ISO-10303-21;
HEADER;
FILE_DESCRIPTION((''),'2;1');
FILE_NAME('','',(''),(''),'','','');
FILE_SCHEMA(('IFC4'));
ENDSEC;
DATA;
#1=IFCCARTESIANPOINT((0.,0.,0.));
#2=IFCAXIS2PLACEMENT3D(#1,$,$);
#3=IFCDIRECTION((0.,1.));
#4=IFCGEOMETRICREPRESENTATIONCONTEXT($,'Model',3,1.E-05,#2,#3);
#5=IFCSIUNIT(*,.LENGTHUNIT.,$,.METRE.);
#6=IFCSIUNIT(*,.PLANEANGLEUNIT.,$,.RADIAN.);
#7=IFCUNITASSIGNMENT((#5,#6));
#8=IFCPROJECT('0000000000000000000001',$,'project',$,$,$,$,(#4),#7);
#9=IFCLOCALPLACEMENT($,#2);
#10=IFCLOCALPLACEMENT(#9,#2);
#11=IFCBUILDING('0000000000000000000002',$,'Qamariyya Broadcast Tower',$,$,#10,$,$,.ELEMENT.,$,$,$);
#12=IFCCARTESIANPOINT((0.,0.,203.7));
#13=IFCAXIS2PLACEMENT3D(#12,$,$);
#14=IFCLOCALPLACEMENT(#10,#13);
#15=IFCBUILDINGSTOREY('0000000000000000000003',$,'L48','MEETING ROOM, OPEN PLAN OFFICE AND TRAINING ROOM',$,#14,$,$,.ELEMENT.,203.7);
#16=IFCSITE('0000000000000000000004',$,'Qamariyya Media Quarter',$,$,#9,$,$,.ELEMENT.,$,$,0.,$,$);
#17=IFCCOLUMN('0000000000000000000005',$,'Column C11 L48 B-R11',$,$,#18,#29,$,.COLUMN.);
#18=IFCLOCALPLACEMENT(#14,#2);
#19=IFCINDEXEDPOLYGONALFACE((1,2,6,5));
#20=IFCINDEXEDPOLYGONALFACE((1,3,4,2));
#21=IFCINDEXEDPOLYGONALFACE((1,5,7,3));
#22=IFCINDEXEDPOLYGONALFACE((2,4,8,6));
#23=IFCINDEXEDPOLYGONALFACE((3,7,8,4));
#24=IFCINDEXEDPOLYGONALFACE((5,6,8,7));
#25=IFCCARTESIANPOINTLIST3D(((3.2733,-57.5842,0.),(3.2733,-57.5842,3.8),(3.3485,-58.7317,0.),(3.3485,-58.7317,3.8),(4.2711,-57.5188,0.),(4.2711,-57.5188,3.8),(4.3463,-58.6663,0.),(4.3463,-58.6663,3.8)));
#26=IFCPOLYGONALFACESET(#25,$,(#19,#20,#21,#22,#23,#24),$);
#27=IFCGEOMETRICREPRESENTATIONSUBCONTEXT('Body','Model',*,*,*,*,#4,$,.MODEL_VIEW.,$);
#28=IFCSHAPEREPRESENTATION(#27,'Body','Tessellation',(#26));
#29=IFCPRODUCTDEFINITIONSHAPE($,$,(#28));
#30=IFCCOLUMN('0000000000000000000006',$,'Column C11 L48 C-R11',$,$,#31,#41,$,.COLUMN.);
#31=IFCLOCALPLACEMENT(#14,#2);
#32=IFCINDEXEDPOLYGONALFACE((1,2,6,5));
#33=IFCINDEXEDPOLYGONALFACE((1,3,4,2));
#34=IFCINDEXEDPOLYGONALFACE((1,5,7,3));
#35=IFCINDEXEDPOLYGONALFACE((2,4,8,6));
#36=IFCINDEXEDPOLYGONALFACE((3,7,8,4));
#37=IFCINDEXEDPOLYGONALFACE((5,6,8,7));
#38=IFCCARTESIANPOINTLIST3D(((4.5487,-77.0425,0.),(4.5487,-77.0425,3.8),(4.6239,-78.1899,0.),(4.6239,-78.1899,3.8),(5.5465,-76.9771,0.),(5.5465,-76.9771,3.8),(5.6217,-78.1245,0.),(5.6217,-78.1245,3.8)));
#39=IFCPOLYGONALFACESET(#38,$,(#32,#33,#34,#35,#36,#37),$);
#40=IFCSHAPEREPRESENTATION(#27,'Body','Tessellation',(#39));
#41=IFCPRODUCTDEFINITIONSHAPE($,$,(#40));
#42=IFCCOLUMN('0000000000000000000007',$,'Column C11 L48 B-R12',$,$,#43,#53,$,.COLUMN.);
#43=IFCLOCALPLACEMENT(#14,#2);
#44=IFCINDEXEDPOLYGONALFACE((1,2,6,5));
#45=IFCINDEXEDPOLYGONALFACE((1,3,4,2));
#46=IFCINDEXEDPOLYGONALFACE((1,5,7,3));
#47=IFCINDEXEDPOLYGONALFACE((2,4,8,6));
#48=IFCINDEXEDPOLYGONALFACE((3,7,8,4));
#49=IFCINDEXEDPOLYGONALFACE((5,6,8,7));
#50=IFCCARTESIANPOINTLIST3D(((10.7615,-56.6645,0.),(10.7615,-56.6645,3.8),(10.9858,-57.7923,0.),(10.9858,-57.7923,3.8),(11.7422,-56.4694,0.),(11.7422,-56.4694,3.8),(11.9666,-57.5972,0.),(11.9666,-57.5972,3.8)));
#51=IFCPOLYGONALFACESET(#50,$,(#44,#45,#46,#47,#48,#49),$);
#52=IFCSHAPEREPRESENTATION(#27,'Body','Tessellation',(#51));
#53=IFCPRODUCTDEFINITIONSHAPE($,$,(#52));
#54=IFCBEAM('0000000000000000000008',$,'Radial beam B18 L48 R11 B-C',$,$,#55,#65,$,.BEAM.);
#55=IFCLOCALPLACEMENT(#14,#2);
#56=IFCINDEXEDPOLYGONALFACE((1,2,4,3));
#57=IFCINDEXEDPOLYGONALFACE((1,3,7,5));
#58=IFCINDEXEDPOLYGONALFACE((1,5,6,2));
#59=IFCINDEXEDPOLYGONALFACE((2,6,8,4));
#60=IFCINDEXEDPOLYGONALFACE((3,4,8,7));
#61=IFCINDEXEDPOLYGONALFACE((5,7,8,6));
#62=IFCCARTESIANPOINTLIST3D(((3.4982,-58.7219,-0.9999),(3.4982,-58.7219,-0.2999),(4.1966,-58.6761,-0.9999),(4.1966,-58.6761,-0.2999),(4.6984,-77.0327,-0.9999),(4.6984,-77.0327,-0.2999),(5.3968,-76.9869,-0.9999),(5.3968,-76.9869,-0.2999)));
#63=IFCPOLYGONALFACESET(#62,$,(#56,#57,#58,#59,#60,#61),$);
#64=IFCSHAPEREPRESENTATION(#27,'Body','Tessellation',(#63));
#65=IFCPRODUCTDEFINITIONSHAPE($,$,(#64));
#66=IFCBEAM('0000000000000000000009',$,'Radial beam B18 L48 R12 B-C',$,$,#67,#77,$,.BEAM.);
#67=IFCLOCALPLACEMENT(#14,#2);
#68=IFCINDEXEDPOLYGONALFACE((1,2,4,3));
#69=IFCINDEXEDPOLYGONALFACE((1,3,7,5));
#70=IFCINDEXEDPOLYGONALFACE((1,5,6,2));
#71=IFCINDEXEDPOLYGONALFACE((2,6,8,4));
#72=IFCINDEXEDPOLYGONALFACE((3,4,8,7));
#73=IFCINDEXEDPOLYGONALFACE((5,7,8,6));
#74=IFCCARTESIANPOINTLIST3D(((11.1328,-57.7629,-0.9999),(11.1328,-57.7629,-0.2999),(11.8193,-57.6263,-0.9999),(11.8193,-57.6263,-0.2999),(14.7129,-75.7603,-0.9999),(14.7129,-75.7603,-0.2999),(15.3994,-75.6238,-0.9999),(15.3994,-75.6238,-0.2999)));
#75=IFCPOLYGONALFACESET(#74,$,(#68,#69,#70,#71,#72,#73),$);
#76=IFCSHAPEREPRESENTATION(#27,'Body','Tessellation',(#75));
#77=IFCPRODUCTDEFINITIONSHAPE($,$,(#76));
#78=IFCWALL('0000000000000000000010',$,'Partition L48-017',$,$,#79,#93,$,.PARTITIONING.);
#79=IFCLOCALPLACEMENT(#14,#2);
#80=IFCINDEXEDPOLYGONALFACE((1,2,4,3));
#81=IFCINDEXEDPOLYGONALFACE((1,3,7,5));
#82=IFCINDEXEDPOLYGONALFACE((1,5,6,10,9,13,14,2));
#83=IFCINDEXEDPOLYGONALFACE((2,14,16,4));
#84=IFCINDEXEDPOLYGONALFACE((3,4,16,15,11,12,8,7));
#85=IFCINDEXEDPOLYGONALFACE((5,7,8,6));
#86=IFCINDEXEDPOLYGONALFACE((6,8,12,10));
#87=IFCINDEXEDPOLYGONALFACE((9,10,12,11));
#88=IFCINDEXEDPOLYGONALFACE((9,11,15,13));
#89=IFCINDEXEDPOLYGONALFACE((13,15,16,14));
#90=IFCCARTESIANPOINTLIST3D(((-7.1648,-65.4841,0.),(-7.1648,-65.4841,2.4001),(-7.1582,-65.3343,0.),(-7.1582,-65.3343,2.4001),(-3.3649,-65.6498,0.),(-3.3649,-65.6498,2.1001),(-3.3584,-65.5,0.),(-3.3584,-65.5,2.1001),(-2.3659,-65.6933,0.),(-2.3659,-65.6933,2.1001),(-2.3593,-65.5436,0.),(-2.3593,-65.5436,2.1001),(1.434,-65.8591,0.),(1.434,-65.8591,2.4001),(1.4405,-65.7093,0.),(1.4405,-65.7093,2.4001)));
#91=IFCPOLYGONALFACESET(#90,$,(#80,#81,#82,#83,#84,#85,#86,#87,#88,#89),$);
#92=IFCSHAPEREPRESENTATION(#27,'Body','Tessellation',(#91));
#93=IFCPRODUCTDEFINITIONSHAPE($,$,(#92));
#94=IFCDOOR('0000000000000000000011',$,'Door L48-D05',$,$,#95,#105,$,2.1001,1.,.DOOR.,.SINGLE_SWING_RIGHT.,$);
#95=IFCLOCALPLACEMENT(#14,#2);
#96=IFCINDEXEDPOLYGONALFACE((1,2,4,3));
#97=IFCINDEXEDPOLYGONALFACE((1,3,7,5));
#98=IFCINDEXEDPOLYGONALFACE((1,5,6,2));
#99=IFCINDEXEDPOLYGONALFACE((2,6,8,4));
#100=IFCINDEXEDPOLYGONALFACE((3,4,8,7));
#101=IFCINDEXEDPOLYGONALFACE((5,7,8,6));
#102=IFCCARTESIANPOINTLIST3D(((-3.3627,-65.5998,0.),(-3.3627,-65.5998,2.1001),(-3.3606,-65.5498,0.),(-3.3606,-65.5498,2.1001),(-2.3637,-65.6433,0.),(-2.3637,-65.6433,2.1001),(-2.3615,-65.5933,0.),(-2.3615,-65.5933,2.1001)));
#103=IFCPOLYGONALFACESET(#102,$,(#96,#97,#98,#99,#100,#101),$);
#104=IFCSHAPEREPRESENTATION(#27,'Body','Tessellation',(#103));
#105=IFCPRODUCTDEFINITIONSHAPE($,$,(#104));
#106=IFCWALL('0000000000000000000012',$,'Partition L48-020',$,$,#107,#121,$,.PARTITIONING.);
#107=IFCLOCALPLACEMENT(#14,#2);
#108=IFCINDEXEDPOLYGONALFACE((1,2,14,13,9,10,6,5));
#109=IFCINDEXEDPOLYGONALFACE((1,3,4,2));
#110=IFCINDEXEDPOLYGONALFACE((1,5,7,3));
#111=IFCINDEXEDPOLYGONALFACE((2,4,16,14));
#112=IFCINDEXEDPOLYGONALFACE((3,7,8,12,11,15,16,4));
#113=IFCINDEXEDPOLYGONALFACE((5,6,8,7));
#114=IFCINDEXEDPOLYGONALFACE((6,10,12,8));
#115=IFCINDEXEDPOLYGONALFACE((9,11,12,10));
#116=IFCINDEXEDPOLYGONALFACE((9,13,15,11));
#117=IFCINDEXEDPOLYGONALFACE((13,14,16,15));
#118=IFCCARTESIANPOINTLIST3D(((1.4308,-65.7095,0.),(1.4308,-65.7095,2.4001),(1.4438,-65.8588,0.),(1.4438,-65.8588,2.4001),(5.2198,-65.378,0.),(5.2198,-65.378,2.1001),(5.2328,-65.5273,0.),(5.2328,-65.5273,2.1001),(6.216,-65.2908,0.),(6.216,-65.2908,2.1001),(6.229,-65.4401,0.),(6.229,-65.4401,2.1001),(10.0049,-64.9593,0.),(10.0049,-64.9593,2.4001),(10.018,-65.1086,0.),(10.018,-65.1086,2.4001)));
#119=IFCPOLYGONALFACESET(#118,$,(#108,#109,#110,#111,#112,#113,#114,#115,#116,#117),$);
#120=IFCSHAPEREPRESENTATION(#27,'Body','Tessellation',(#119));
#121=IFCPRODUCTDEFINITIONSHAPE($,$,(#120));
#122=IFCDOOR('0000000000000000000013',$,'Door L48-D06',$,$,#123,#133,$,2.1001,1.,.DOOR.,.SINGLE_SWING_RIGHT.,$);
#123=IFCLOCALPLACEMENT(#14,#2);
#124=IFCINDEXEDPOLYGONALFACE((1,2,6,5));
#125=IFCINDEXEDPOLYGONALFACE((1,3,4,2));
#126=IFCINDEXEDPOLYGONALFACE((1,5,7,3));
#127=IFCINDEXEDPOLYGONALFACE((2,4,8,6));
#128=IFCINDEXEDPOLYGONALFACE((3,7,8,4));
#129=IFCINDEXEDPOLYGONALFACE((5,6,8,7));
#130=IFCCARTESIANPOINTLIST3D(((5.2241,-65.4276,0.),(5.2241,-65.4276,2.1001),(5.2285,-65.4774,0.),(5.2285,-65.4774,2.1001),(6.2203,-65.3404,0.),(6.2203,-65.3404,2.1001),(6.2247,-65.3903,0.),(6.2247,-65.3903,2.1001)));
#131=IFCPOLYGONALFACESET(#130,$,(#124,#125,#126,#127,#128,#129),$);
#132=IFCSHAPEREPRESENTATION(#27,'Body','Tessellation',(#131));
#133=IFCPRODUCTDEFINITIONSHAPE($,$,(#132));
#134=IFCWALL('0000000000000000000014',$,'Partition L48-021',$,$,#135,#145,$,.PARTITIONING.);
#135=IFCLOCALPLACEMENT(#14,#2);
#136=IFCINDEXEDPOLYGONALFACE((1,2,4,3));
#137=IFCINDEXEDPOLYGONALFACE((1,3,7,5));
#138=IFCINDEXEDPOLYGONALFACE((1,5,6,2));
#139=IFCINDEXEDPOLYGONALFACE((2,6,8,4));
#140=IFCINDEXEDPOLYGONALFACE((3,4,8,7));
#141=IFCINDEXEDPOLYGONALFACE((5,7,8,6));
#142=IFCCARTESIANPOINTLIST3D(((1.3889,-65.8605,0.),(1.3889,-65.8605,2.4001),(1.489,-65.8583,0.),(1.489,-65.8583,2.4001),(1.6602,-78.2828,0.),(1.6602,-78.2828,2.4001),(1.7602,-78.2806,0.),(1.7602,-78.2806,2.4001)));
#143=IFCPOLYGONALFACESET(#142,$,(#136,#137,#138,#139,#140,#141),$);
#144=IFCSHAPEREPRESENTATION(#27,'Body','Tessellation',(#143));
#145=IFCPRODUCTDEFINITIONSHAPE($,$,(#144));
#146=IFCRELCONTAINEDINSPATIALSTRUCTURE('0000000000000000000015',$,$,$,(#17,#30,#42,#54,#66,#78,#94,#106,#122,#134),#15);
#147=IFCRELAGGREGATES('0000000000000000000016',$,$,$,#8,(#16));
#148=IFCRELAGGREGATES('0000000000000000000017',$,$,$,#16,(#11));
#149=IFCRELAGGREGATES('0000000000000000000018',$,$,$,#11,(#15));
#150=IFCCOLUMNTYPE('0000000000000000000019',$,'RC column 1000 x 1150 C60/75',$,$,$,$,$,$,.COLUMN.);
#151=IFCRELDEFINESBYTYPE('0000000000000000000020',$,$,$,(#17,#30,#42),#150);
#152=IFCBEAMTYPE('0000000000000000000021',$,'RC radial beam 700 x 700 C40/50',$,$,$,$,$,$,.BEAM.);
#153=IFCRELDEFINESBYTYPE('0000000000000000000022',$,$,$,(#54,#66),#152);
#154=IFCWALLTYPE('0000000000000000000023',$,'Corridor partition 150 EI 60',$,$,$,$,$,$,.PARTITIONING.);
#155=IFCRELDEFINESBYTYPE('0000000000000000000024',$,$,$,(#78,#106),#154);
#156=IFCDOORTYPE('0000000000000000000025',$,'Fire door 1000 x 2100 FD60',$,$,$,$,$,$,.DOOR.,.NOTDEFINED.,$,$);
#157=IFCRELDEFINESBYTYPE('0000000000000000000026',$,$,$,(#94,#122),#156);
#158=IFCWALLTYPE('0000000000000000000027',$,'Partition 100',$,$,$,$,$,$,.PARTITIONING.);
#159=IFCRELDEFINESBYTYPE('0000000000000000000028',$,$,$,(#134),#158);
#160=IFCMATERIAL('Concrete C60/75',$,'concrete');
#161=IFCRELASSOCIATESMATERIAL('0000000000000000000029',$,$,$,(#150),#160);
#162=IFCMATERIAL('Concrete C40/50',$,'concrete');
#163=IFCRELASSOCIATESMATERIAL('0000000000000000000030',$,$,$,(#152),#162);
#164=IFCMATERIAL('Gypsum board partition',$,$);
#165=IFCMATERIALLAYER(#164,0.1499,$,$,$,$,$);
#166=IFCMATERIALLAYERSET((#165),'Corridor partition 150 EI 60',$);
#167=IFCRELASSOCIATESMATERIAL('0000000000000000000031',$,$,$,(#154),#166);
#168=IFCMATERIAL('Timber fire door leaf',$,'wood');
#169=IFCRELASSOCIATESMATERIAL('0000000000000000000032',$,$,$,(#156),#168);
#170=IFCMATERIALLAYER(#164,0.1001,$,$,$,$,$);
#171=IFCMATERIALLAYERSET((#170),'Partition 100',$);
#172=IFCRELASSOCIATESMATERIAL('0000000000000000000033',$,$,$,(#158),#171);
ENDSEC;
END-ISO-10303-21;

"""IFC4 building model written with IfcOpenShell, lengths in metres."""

from ifc_helpers import new_model, si_unit, direction, frame, frame_2d, origin, origin_2d, place, context, subcontext, project, spatial, rectangle, extrude, material, layer, layer_set, material_profile, profile_set, type_object, element, fill, save


model = new_model("IFC4")

# Units and contexts
model_context = context("Model", 3, precision=1e-05, world=origin(), true_north=direction((0.0, 1.0)))
body_context = subcontext(model_context, "Body", "Model", "MODEL_VIEW")
ifc_project = project(units=[si_unit("LENGTHUNIT", "METRE"), si_unit("PLANEANGLEUNIT", "RADIAN")], contexts=[model_context])

# Site, building, storey
site_placement = place(None, origin())
site = spatial("IfcSite", under=ifc_project, at=site_placement, Name="Qamariyya Media Quarter", CompositionType="ELEMENT", RefElevation=0.0)
building_placement = place(site_placement, origin())
building = spatial("IfcBuilding", under=site, at=building_placement, Name="Qamariyya Broadcast Tower", CompositionType="ELEMENT")
storey_placement = place(building_placement, frame((0.0, 0.0, 203.7)))
storey = spatial("IfcBuildingStorey", under=building, at=storey_placement, Name="L48", Description="MEETING ROOM, OPEN PLAN OFFICE AND TRAINING ROOM", CompositionType="ELEMENT", Elevation=203.7)

# Columns
ifc_material_1 = material(Name="Concrete C60/75", Category="concrete")
ifc_material_profile_1 = material_profile(ifc_material_1, rectangle(XDim=1.0, YDim=1.1499, at=origin_2d()))
ifc_profile_set_1 = profile_set([ifc_material_profile_1], Name="Concrete C60/75")
column_type = type_object("IfcColumnType", Name="RC column 1000 x 1150 C60/75", PredefinedType="COLUMN", material=ifc_profile_set_1)
for number, where, z_axis, x_axis, name in (
    (1, (3.8098, -58.1252, 0.0), (0.0, 0.0, 1.0), (0.997859, 0.065403, 0.0), "Column C11 L48 B-R11"),
    (2, (5.0852, -77.5835, 0.0), (0.0, 0.0, 1.0), (0.997859, 0.065403, 0.0), "Column C11 L48 C-R11"),
    (3, (11.364, -57.1309, 0.0), (0.0, 0.0, 1.0), (0.980785, 0.19509, 0.0), "Column C11 L48 B-R12"),
):
    element("IfcColumn", number, at=place(storey_placement, frame(where, z_axis=z_axis, x_axis=x_axis)), inside=storey, type_object=column_type, Name=name, PredefinedType="COLUMN", context=body_context, shape_type="SweptSolid", body=[
        extrude(rectangle(XDim=1.0, YDim=1.1499, at=origin_2d()), origin(), (0.0, 0.0, 1.0), 3.8),
    ])

# Beams
ifc_material_2 = material(Name="Concrete C40/50", Category="concrete")
ifc_material_profile_2 = material_profile(ifc_material_2, rectangle(XDim=0.7, YDim=0.7, at=origin_2d()))
ifc_profile_set_2 = profile_set([ifc_material_profile_2], Name="Concrete C40/50")
beam_type = type_object("IfcBeamType", Name="RC radial beam 700 x 700 C40/50", PredefinedType="BEAM", material=ifc_profile_set_2)
for number, where, z_axis, x_axis, name in (
    (4, (3.8474, -58.699, -0.6499), (0.065405, -0.997859, 0.0), (0.997859, 0.065405, 0.0), "Radial beam B18 L48 R11 B-C"),
    (5, (11.4761, -57.6946, -0.6499), (0.195098, -0.980784, 0.0), (0.980784, 0.195098, 0.0), "Radial beam B18 L48 R12 B-C"),
):
    element("IfcBeam", number, at=place(storey_placement, frame(where, z_axis=z_axis, x_axis=x_axis)), inside=storey, type_object=beam_type, Name=name, PredefinedType="BEAM", context=body_context, shape_type="SweptSolid", body=[
        extrude(rectangle(XDim=0.7, YDim=0.7, at=origin_2d()), origin(), (0.0, 0.0, 1.0), 18.3501),
    ])

# Walls, openings, doors
ifc_material_3 = material(Name="Gypsum board partition")
ifc_layer_1 = layer(ifc_material_3, 0.1499)
ifc_layer_set_1 = layer_set([ifc_layer_1], Name="Corridor partition 150 EI 60")
wall_type_1 = type_object("IfcWallType", Name="Corridor partition 150 EI 60", PredefinedType="PARTITIONING", material=ifc_layer_set_1)
wall_1_placement = place(storey_placement, frame((1.4373, -65.7842, 0.0), z_axis=(0.0, 0.0, 1.0), x_axis=(-0.99905, 0.043569, 0.0)))
wall_1 = element("IfcWall", 6, at=wall_1_placement, inside=storey, type_object=wall_type_1, Name="Partition L48-017", PredefinedType="PARTITIONING", context=body_context, shape_type="SweptSolid", body=[
    extrude(rectangle(XDim=8.6069, YDim=0.1499, at=frame_2d((4.3035, 0.0))), origin(), (0.0, 0.0, 1.0), 2.4001),
])
opening_1_placement = place(wall_1_placement, frame((3.8035, 0.0, 0.0)))
opening_1 = element("IfcOpeningElement", 7, at=opening_1_placement, cuts=wall_1, PredefinedType="OPENING", context=body_context, shape_type="SweptSolid", body=[
    extrude(rectangle(XDim=1.0, YDim=2.1001, at=frame_2d((0.5, 1.05))), frame((0.0, 0.085, 0.0), z_axis=(0.0, -1.0, 0.0), x_axis=(1.0, 0.0, 0.0)), (0.0, 0.0, 1.0), 0.1699),
])
ifc_material_4 = material(Name="Timber fire door leaf", Category="wood")
door_type = type_object("IfcDoorType", Name="Fire door 1000 x 2100 FD60", OperationType="NOTDEFINED", PredefinedType="DOOR", material=ifc_material_4)
door_1_placement = place(opening_1_placement, origin())
door_1 = element("IfcDoor", 8, at=door_1_placement, inside=storey, type_object=door_type, Name="Door L48-D05", OperationType="SINGLE_SWING_RIGHT", OverallHeight=2.1001, OverallWidth=1.0, PredefinedType="DOOR", context=body_context, shape_type="SweptSolid", body=[
    extrude(rectangle(XDim=1.0, YDim=2.1001, at=frame_2d((0.5, 1.05))), frame((0.0, 0.0249, 0.0), z_axis=(0.0, -1.0, 0.0), x_axis=(1.0, 0.0, 0.0)), (0.0, 0.0, 1.0), 0.05),
])
fill(opening_1, door_1)
wall_2_placement = place(storey_placement, frame((10.0115, -65.0339, 0.0), z_axis=(0.0, 0.0, 1.0), x_axis=(-0.996194, -0.087167, 0.0)))
wall_2 = element("IfcWall", 9, at=wall_2_placement, inside=storey, type_object=wall_type_1, Name="Partition L48-020", PredefinedType="PARTITIONING", context=body_context, shape_type="SweptSolid", body=[
    extrude(rectangle(XDim=8.6069, YDim=0.1499, at=frame_2d((4.3035, 0.0))), origin(), (0.0, 0.0, 1.0), 2.4001),
])
opening_2_placement = place(wall_2_placement, frame((3.8035, 0.0, 0.0)))
opening_2 = element("IfcOpeningElement", 10, at=opening_2_placement, cuts=wall_2, PredefinedType="OPENING", context=body_context, shape_type="SweptSolid", body=[
    extrude(rectangle(XDim=1.0, YDim=2.1001, at=frame_2d((0.5, 1.05))), frame((0.0, 0.085, 0.0), z_axis=(0.0, -1.0, 0.0), x_axis=(1.0, 0.0, 0.0)), (0.0, 0.0, 1.0), 0.1699),
])
door_2_placement = place(opening_2_placement, origin())
door_2 = element("IfcDoor", 11, at=door_2_placement, inside=storey, type_object=door_type, Name="Door L48-D06", OperationType="SINGLE_SWING_RIGHT", OverallHeight=2.1001, OverallWidth=1.0, PredefinedType="DOOR", context=body_context, shape_type="SweptSolid", body=[
    extrude(rectangle(XDim=1.0, YDim=2.1001, at=frame_2d((0.5, 1.05))), frame((0.0, 0.0249, 0.0), z_axis=(0.0, -1.0, 0.0), x_axis=(1.0, 0.0, 0.0)), (0.0, 0.0, 1.0), 0.05),
])
fill(opening_2, door_2)

# Wall
ifc_layer_2 = layer(ifc_material_3, 0.1001)
ifc_layer_set_2 = layer_set([ifc_layer_2], Name="Partition 100")
wall_type_2 = type_object("IfcWallType", Name="Partition 100", PredefinedType="PARTITIONING", material=ifc_layer_set_2)
wall_3_placement = place(storey_placement, frame((1.7102, -78.2817, 0.0), z_axis=(0.0, 0.0, 1.0), x_axis=(-0.02183, 0.999762, 0.0)))
element("IfcWall", 12, at=wall_3_placement, inside=storey, type_object=wall_type_2, Name="Partition L48-021", PredefinedType="PARTITIONING", context=body_context, shape_type="SweptSolid", body=[
    extrude(rectangle(XDim=12.4253, YDim=0.1001, at=frame_2d((6.2126, 0.0))), origin(), (0.0, 0.0, 1.0), 2.4001),
])

save(model, "model.ifc")
